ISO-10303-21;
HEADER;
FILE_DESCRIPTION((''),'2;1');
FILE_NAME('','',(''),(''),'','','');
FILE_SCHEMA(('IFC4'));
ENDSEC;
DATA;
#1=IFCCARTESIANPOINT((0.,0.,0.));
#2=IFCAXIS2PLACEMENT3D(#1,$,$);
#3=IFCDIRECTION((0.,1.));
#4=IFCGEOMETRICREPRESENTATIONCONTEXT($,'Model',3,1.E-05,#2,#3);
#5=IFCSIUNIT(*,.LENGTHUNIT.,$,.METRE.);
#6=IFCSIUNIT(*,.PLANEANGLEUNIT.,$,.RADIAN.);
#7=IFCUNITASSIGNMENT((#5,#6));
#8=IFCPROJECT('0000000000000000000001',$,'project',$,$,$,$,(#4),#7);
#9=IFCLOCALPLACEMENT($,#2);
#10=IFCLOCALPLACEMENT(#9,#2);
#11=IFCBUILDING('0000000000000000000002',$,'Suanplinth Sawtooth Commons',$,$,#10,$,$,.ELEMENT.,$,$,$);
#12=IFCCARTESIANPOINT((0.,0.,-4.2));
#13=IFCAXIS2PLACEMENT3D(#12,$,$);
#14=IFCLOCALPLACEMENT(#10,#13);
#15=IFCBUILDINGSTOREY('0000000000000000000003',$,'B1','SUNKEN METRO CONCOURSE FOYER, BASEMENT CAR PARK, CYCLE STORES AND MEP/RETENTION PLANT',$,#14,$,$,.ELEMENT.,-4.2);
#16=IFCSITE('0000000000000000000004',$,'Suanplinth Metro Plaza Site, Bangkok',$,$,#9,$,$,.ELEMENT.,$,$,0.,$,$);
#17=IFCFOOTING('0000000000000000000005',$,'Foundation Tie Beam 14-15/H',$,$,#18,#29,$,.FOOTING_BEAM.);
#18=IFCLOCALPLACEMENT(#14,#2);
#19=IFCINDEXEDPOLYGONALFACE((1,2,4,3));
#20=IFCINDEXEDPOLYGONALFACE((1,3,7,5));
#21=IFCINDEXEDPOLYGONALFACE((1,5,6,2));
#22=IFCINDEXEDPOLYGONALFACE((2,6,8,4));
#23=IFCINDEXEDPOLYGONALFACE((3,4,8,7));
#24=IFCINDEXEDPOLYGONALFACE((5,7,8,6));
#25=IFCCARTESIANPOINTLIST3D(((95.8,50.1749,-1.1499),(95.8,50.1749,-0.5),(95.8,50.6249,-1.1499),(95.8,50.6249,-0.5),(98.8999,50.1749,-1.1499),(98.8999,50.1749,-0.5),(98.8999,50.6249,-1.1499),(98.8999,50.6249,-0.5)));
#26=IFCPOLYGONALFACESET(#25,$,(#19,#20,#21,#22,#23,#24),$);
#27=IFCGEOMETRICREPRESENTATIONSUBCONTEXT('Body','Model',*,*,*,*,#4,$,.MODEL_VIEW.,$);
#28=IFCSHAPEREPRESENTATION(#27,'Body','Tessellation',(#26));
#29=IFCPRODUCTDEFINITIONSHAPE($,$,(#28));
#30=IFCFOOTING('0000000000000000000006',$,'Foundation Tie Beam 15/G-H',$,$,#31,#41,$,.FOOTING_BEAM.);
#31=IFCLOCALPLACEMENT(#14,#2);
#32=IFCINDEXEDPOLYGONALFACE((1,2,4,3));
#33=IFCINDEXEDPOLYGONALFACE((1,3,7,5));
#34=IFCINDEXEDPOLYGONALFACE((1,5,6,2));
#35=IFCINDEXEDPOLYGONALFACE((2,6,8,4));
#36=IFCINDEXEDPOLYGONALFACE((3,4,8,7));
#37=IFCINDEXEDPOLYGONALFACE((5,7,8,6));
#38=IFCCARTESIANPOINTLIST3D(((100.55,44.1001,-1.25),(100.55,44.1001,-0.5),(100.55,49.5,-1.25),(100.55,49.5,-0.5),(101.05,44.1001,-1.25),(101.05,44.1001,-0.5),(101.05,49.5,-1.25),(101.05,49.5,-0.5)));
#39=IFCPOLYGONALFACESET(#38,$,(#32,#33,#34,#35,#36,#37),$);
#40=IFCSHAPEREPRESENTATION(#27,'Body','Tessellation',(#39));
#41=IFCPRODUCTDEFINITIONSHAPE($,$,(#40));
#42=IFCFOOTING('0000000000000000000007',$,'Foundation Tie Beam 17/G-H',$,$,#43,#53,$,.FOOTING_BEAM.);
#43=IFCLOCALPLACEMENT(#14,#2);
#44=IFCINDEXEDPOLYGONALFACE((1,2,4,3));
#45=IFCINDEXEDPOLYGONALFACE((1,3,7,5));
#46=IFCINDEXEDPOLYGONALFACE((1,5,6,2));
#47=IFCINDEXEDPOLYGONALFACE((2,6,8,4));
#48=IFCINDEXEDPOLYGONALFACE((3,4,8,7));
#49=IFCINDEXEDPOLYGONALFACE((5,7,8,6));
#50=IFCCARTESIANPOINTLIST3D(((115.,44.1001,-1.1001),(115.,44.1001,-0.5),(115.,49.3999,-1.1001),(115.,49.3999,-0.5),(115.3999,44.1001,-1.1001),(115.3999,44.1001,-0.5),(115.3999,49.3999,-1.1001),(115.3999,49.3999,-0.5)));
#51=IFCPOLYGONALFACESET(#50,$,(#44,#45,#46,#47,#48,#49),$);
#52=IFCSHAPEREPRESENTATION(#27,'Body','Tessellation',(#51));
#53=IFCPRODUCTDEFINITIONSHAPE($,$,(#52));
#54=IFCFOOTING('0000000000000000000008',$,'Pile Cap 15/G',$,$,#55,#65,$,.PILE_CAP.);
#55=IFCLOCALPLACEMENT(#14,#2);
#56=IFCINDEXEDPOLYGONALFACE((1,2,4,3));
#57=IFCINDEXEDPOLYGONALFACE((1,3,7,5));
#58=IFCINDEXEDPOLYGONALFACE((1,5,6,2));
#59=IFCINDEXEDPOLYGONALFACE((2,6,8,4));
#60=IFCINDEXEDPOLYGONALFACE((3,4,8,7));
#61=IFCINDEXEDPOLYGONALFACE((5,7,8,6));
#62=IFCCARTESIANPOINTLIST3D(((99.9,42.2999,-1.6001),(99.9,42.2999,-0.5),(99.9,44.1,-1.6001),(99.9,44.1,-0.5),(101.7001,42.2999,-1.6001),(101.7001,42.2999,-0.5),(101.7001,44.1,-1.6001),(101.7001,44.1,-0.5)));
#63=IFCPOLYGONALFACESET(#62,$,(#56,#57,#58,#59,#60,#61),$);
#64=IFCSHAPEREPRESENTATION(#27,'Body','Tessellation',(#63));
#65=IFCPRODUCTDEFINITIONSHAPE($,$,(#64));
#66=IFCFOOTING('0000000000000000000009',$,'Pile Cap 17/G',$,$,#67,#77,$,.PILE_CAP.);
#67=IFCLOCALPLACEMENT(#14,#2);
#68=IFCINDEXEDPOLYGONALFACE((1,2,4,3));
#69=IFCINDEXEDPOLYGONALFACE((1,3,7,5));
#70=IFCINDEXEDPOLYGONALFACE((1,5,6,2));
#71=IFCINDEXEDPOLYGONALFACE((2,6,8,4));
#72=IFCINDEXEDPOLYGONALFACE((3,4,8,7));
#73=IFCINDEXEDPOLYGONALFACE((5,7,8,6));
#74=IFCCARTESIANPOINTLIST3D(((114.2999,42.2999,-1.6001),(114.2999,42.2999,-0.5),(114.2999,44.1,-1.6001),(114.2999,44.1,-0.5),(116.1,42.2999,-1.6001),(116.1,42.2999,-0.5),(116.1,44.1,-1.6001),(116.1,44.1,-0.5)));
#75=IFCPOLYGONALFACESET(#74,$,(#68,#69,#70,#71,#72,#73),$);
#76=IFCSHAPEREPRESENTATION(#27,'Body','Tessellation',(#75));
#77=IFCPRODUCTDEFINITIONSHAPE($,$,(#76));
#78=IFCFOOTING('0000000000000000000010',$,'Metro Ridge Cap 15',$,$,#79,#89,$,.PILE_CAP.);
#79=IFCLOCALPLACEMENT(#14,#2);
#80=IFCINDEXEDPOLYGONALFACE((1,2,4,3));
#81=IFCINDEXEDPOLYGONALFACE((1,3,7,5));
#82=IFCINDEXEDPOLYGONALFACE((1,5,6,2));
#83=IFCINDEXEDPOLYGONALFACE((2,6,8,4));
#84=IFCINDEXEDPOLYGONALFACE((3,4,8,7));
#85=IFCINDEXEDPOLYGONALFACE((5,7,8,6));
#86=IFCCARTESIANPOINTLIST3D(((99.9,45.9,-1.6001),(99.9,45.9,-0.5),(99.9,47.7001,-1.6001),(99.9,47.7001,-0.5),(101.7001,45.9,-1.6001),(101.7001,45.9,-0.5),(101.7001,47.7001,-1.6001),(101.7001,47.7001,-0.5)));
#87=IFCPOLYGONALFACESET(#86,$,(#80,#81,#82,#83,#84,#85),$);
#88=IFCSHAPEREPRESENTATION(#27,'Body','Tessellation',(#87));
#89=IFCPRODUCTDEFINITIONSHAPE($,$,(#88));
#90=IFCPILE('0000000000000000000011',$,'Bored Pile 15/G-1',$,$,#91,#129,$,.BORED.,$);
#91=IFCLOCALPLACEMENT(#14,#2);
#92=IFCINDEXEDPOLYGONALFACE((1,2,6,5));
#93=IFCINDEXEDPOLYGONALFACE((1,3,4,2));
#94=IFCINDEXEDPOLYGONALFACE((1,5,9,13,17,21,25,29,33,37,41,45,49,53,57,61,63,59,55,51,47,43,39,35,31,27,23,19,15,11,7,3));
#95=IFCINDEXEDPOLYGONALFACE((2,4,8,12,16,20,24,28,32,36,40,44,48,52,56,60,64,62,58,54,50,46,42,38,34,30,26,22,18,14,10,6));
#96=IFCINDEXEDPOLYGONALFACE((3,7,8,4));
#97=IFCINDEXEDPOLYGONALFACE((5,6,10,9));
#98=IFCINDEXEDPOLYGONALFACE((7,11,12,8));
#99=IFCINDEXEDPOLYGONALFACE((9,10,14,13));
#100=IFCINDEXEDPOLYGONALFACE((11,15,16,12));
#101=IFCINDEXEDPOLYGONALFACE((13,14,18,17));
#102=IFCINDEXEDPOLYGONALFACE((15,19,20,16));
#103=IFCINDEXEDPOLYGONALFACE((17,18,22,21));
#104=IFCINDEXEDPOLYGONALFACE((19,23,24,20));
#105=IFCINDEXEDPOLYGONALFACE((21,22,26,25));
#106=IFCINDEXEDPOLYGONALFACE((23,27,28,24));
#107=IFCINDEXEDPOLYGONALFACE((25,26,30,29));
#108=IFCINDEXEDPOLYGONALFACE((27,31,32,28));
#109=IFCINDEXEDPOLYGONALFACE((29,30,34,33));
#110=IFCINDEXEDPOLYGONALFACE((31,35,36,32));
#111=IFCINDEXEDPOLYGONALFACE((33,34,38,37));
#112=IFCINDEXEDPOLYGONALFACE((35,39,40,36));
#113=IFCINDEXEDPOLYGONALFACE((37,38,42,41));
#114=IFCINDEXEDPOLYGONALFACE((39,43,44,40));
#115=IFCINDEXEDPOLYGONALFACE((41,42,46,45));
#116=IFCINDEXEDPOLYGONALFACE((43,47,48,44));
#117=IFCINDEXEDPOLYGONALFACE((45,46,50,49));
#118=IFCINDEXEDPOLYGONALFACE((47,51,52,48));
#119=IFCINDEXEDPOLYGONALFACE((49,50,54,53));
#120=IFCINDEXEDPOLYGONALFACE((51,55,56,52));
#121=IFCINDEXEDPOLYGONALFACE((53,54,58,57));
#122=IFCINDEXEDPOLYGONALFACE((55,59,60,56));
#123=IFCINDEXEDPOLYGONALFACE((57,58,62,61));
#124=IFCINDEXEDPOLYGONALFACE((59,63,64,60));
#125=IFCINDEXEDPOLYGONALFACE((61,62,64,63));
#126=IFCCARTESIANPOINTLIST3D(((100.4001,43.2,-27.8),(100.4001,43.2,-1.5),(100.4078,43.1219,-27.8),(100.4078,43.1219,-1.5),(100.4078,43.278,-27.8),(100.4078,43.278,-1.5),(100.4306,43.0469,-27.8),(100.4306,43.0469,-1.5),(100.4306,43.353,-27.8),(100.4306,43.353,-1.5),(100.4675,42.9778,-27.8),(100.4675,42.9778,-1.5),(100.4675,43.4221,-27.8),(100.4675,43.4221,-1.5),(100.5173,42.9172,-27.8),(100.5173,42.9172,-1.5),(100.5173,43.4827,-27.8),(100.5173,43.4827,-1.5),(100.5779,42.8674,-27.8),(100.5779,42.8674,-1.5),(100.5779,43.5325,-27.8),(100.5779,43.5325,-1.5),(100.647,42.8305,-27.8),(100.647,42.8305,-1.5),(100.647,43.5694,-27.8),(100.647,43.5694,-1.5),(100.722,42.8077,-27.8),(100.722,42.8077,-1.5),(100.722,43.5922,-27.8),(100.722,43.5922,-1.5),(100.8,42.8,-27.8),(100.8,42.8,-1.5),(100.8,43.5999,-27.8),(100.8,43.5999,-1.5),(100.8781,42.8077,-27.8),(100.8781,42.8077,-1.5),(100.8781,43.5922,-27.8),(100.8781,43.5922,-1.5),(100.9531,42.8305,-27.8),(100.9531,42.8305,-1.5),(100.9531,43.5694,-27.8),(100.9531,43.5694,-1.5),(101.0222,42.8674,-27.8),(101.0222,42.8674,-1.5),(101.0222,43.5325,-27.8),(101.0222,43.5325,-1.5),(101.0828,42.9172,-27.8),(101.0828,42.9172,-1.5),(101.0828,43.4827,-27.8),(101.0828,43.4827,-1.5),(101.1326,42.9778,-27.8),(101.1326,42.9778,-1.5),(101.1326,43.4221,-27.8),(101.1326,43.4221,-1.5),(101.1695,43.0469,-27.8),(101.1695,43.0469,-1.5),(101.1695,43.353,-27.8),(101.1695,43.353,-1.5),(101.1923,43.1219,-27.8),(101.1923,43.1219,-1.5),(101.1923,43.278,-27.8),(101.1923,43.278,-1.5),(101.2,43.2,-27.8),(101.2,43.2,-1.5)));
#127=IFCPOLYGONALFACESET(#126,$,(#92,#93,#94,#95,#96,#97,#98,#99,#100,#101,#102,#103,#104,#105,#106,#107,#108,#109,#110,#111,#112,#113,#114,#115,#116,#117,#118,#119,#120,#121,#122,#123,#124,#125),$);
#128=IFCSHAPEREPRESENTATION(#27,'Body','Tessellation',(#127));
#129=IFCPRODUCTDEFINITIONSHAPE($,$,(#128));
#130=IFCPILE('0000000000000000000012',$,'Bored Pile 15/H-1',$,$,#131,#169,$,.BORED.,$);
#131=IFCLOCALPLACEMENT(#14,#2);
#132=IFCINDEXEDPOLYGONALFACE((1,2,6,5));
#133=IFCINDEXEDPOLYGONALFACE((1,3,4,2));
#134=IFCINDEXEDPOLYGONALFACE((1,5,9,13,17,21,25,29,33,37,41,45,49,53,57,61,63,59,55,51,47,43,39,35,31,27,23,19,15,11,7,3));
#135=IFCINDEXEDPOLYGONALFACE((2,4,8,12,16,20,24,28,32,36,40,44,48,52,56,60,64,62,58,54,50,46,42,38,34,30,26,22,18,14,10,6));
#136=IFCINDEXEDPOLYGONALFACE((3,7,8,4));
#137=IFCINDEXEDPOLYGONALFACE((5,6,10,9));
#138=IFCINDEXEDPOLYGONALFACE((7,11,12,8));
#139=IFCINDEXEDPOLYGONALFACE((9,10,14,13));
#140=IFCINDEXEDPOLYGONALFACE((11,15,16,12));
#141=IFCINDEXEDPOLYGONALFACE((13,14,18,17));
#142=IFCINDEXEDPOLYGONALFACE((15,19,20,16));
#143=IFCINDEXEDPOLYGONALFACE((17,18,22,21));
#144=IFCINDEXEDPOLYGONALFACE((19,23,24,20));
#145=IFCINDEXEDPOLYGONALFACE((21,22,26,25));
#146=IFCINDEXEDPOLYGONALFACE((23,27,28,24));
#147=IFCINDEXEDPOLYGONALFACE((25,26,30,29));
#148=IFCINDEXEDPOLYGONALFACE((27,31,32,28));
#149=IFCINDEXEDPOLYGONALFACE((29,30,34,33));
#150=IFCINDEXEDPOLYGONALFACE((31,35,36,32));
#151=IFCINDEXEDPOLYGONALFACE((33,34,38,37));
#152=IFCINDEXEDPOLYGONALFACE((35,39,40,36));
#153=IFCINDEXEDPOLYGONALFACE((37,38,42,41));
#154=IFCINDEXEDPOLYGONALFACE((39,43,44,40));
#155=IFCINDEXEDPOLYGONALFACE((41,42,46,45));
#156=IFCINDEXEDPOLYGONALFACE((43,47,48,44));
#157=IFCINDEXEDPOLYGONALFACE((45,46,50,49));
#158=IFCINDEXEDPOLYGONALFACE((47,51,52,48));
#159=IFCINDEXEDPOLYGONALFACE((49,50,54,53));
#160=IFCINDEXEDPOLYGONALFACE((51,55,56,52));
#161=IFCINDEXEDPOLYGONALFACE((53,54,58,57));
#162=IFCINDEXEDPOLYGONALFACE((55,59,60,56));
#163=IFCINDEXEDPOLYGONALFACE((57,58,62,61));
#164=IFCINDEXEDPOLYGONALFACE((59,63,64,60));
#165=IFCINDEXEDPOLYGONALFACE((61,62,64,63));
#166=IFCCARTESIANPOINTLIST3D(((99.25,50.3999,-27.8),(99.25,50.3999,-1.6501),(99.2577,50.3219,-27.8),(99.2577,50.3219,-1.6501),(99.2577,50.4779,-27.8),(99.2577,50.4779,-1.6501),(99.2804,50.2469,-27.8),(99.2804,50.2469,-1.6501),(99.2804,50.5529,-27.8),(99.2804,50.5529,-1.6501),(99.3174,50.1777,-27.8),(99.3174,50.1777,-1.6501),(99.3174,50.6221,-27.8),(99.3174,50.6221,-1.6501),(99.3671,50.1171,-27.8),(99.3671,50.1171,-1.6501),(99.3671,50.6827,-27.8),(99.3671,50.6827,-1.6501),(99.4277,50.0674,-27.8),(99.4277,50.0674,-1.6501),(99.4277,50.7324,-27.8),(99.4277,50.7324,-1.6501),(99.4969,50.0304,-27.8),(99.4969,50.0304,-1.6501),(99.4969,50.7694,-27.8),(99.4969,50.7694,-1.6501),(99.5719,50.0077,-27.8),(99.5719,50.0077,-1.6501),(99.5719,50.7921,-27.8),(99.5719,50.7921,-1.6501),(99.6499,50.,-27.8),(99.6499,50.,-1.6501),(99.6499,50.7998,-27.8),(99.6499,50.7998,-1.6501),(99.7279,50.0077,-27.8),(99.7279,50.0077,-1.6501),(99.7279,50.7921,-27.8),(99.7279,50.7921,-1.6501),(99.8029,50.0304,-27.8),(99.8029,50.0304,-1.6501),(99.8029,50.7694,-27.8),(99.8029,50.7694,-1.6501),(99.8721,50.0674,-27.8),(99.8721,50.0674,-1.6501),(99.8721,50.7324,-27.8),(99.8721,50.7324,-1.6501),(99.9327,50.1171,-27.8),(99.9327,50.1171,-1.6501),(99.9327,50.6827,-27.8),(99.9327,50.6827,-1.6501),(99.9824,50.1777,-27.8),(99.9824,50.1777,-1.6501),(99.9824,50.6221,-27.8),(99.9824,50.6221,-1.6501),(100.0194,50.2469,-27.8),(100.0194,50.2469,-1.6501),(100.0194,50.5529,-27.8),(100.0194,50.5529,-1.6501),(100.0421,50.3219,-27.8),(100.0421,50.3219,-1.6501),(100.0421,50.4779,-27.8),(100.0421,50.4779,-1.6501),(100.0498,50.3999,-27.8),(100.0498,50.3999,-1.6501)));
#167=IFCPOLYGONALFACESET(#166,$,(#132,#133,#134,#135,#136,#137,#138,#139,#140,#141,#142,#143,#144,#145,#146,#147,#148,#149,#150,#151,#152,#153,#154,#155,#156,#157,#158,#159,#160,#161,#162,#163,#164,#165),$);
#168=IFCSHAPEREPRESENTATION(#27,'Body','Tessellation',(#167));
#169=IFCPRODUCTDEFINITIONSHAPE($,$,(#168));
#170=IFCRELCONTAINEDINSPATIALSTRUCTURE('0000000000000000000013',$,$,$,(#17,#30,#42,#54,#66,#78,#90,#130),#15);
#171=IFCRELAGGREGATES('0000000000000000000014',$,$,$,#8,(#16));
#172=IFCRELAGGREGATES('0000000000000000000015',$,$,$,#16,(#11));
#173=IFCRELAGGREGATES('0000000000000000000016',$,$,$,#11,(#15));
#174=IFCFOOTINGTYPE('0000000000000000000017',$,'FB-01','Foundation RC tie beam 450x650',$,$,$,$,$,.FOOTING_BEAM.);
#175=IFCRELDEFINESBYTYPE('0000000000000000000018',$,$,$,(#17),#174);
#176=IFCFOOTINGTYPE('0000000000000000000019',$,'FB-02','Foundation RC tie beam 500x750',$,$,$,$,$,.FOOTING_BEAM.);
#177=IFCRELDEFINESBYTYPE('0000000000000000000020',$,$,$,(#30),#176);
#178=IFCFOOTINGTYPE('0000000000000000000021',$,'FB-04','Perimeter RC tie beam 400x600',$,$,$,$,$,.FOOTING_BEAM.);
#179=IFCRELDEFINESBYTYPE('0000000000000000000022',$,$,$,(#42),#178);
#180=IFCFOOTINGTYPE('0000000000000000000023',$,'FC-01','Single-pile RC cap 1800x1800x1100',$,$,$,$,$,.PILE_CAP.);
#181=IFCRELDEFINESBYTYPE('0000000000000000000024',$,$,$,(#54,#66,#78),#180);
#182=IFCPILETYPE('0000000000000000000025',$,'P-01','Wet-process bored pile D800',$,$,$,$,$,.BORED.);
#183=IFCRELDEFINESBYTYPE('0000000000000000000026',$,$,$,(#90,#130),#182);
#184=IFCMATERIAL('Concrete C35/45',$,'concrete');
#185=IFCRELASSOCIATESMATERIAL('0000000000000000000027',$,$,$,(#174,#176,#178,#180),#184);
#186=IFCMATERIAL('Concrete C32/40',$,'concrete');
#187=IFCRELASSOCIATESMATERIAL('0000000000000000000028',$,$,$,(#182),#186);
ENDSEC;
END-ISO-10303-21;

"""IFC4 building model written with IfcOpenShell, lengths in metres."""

from ifc_helpers import new_model, si_unit, direction, frame, origin, origin_2d, place, context, subcontext, project, spatial, rectangle, circle, extrude, material, material_profile, profile_set, type_object, element, save


model = new_model("IFC4")

# Units and contexts
model_context = context("Model", 3, precision=1e-05, world=origin(), true_north=direction((0.0, 1.0)))
body_context = subcontext(model_context, "Body", "Model", "MODEL_VIEW")
ifc_project = project(units=[si_unit("LENGTHUNIT", "METRE"), si_unit("PLANEANGLEUNIT", "RADIAN")], contexts=[model_context])

# Site, building, storey
site_placement = place(None, origin())
site = spatial("IfcSite", under=ifc_project, at=site_placement, Name="Suanplinth Metro Plaza Site, Bangkok", CompositionType="ELEMENT", RefElevation=0.0)
building_placement = place(site_placement, origin())
building = spatial("IfcBuilding", under=site, at=building_placement, Name="Suanplinth Sawtooth Commons", CompositionType="ELEMENT")
storey_placement = place(building_placement, frame((0.0, 0.0, -4.2)))
storey = spatial("IfcBuildingStorey", under=building, at=storey_placement, Name="B1", Description="SUNKEN METRO CONCOURSE FOYER, BASEMENT CAR PARK, CYCLE STORES AND MEP/RETENTION PLANT", CompositionType="ELEMENT", Elevation=-4.2)

# Footings
ifc_material_1 = material(Name="Concrete C35/45", Category="concrete")
ifc_material_profile_1 = material_profile(ifc_material_1, rectangle(XDim=0.45, YDim=0.6499, at=origin_2d()), Name="PC-GDR 450x650")
ifc_profile_set_1 = profile_set([ifc_material_profile_1], Name="Concrete C35/45")
footing_type_1 = type_object("IfcFootingType", Name="FB-01", Description="Foundation RC tie beam 450x650", PredefinedType="FOOTING_BEAM", material=ifc_profile_set_1)
footing_1_placement = place(storey_placement, frame((95.8, 50.3999, -0.825), z_axis=(1.0, 0.0, 0.0), x_axis=(0.0, 1.0, 0.0)))
element("IfcFooting", 1, at=footing_1_placement, inside=storey, type_object=footing_type_1, Name="Foundation Tie Beam 14-15/H", PredefinedType="FOOTING_BEAM", context=body_context, shape_type="SweptSolid", body=[
    extrude(rectangle(XDim=0.45, YDim=0.6499, at=origin_2d()), origin(), (0.0, 0.0, 1.0), 3.0999),
])
ifc_material_profile_2 = material_profile(ifc_material_1, rectangle(XDim=0.5, YDim=0.75, at=origin_2d()), Name="RC-GDR 500x750")
ifc_profile_set_2 = profile_set([ifc_material_profile_2], Name="Concrete C35/45")
footing_type_2 = type_object("IfcFootingType", Name="FB-02", Description="Foundation RC tie beam 500x750", PredefinedType="FOOTING_BEAM", material=ifc_profile_set_2)
footing_2_placement = place(storey_placement, frame((100.8, 44.1001, -0.875), z_axis=(0.0, 1.0, 0.0), x_axis=(-1.0, 0.0, 0.0)))
element("IfcFooting", 2, at=footing_2_placement, inside=storey, type_object=footing_type_2, Name="Foundation Tie Beam 15/G-H", PredefinedType="FOOTING_BEAM", context=body_context, shape_type="SweptSolid", body=[
    extrude(rectangle(XDim=0.5, YDim=0.75, at=origin_2d()), origin(), (0.0, 0.0, 1.0), 5.3999),
])
ifc_material_profile_3 = material_profile(ifc_material_1, rectangle(XDim=0.3999, YDim=0.6001, at=origin_2d()), Name="PC-GDR 400x600")
ifc_profile_set_3 = profile_set([ifc_material_profile_3], Name="Concrete C35/45")
footing_type_3 = type_object("IfcFootingType", Name="FB-04", Description="Perimeter RC tie beam 400x600", PredefinedType="FOOTING_BEAM", material=ifc_profile_set_3)
footing_3_placement = place(storey_placement, frame((115.2, 44.1001, -0.8), z_axis=(0.0, 1.0, 0.0), x_axis=(-1.0, 0.0, 0.0)))
element("IfcFooting", 3, at=footing_3_placement, inside=storey, type_object=footing_type_3, Name="Foundation Tie Beam 17/G-H", PredefinedType="FOOTING_BEAM", context=body_context, shape_type="SweptSolid", body=[
    extrude(rectangle(XDim=0.3999, YDim=0.6001, at=origin_2d()), origin(), (0.0, 0.0, 1.0), 5.2998),
])
footing_type_4 = type_object("IfcFootingType", Name="FC-01", Description="Single-pile RC cap 1800x1800x1100", PredefinedType="PILE_CAP", material=ifc_material_1)
for number, where, z_axis, x_axis, name in (
    (4, (100.8, 43.2, -1.6001), (0.0, 0.0, 1.0), (1.0, 0.0, 0.0), "Pile Cap 15/G"),
    (5, (115.2, 43.2, -1.6001), (0.0, 0.0, 1.0), (1.0, 0.0, 0.0), "Pile Cap 17/G"),
    (6, (100.8, 46.8, -1.6001), (0.0, 0.0, 1.0), (1.0, 0.0, 0.0), "Metro Ridge Cap 15"),
):
    element("IfcFooting", number, at=place(storey_placement, frame(where, z_axis=z_axis, x_axis=x_axis)), inside=storey, type_object=footing_type_4, Name=name, PredefinedType="PILE_CAP", context=body_context, shape_type="SweptSolid", body=[
        extrude(rectangle(XDim=1.8, YDim=1.8, at=origin_2d()), origin(), (0.0, 0.0, 1.0), 1.1001),
    ])

# Piles
ifc_material_2 = material(Name="Concrete C32/40", Category="concrete")
ifc_material_profile_4 = material_profile(ifc_material_2, circle(Radius=0.3999, at=origin_2d()), Name="PILE D800")
ifc_profile_set_4 = profile_set([ifc_material_profile_4], Name="Concrete C32/40")
pile_type_1 = type_object("IfcPileType", Name="P-01", Description="Wet-process bored pile D800", PredefinedType="BORED", material=ifc_profile_set_4)
pile_1_placement = place(storey_placement, frame((100.8, 43.2, -1.5), z_axis=(0.0, 0.0, -1.0), x_axis=(1.0, 0.0, 0.0)))
element("IfcPile", 7, at=pile_1_placement, inside=storey, type_object=pile_type_1, Name="Bored Pile 15/G-1", PredefinedType="BORED", context=body_context, shape_type="SweptSolid", body=[
    extrude(circle(Radius=0.3999, at=origin_2d()), origin(), (0.0, 0.0, 1.0), 26.3),
])
pile_2_placement = place(storey_placement, frame((99.6499, 50.3999, -1.6501), z_axis=(0.0, 0.0, -1.0), x_axis=(1.0, 0.0, 0.0)))
element("IfcPile", 8, at=pile_2_placement, inside=storey, type_object=pile_type_1, Name="Bored Pile 15/H-1", PredefinedType="BORED", context=body_context, shape_type="SweptSolid", body=[
    extrude(circle(Radius=0.3999, at=origin_2d()), origin(), (0.0, 0.0, 1.0), 26.1499),
])

save(model, "model.ifc")
